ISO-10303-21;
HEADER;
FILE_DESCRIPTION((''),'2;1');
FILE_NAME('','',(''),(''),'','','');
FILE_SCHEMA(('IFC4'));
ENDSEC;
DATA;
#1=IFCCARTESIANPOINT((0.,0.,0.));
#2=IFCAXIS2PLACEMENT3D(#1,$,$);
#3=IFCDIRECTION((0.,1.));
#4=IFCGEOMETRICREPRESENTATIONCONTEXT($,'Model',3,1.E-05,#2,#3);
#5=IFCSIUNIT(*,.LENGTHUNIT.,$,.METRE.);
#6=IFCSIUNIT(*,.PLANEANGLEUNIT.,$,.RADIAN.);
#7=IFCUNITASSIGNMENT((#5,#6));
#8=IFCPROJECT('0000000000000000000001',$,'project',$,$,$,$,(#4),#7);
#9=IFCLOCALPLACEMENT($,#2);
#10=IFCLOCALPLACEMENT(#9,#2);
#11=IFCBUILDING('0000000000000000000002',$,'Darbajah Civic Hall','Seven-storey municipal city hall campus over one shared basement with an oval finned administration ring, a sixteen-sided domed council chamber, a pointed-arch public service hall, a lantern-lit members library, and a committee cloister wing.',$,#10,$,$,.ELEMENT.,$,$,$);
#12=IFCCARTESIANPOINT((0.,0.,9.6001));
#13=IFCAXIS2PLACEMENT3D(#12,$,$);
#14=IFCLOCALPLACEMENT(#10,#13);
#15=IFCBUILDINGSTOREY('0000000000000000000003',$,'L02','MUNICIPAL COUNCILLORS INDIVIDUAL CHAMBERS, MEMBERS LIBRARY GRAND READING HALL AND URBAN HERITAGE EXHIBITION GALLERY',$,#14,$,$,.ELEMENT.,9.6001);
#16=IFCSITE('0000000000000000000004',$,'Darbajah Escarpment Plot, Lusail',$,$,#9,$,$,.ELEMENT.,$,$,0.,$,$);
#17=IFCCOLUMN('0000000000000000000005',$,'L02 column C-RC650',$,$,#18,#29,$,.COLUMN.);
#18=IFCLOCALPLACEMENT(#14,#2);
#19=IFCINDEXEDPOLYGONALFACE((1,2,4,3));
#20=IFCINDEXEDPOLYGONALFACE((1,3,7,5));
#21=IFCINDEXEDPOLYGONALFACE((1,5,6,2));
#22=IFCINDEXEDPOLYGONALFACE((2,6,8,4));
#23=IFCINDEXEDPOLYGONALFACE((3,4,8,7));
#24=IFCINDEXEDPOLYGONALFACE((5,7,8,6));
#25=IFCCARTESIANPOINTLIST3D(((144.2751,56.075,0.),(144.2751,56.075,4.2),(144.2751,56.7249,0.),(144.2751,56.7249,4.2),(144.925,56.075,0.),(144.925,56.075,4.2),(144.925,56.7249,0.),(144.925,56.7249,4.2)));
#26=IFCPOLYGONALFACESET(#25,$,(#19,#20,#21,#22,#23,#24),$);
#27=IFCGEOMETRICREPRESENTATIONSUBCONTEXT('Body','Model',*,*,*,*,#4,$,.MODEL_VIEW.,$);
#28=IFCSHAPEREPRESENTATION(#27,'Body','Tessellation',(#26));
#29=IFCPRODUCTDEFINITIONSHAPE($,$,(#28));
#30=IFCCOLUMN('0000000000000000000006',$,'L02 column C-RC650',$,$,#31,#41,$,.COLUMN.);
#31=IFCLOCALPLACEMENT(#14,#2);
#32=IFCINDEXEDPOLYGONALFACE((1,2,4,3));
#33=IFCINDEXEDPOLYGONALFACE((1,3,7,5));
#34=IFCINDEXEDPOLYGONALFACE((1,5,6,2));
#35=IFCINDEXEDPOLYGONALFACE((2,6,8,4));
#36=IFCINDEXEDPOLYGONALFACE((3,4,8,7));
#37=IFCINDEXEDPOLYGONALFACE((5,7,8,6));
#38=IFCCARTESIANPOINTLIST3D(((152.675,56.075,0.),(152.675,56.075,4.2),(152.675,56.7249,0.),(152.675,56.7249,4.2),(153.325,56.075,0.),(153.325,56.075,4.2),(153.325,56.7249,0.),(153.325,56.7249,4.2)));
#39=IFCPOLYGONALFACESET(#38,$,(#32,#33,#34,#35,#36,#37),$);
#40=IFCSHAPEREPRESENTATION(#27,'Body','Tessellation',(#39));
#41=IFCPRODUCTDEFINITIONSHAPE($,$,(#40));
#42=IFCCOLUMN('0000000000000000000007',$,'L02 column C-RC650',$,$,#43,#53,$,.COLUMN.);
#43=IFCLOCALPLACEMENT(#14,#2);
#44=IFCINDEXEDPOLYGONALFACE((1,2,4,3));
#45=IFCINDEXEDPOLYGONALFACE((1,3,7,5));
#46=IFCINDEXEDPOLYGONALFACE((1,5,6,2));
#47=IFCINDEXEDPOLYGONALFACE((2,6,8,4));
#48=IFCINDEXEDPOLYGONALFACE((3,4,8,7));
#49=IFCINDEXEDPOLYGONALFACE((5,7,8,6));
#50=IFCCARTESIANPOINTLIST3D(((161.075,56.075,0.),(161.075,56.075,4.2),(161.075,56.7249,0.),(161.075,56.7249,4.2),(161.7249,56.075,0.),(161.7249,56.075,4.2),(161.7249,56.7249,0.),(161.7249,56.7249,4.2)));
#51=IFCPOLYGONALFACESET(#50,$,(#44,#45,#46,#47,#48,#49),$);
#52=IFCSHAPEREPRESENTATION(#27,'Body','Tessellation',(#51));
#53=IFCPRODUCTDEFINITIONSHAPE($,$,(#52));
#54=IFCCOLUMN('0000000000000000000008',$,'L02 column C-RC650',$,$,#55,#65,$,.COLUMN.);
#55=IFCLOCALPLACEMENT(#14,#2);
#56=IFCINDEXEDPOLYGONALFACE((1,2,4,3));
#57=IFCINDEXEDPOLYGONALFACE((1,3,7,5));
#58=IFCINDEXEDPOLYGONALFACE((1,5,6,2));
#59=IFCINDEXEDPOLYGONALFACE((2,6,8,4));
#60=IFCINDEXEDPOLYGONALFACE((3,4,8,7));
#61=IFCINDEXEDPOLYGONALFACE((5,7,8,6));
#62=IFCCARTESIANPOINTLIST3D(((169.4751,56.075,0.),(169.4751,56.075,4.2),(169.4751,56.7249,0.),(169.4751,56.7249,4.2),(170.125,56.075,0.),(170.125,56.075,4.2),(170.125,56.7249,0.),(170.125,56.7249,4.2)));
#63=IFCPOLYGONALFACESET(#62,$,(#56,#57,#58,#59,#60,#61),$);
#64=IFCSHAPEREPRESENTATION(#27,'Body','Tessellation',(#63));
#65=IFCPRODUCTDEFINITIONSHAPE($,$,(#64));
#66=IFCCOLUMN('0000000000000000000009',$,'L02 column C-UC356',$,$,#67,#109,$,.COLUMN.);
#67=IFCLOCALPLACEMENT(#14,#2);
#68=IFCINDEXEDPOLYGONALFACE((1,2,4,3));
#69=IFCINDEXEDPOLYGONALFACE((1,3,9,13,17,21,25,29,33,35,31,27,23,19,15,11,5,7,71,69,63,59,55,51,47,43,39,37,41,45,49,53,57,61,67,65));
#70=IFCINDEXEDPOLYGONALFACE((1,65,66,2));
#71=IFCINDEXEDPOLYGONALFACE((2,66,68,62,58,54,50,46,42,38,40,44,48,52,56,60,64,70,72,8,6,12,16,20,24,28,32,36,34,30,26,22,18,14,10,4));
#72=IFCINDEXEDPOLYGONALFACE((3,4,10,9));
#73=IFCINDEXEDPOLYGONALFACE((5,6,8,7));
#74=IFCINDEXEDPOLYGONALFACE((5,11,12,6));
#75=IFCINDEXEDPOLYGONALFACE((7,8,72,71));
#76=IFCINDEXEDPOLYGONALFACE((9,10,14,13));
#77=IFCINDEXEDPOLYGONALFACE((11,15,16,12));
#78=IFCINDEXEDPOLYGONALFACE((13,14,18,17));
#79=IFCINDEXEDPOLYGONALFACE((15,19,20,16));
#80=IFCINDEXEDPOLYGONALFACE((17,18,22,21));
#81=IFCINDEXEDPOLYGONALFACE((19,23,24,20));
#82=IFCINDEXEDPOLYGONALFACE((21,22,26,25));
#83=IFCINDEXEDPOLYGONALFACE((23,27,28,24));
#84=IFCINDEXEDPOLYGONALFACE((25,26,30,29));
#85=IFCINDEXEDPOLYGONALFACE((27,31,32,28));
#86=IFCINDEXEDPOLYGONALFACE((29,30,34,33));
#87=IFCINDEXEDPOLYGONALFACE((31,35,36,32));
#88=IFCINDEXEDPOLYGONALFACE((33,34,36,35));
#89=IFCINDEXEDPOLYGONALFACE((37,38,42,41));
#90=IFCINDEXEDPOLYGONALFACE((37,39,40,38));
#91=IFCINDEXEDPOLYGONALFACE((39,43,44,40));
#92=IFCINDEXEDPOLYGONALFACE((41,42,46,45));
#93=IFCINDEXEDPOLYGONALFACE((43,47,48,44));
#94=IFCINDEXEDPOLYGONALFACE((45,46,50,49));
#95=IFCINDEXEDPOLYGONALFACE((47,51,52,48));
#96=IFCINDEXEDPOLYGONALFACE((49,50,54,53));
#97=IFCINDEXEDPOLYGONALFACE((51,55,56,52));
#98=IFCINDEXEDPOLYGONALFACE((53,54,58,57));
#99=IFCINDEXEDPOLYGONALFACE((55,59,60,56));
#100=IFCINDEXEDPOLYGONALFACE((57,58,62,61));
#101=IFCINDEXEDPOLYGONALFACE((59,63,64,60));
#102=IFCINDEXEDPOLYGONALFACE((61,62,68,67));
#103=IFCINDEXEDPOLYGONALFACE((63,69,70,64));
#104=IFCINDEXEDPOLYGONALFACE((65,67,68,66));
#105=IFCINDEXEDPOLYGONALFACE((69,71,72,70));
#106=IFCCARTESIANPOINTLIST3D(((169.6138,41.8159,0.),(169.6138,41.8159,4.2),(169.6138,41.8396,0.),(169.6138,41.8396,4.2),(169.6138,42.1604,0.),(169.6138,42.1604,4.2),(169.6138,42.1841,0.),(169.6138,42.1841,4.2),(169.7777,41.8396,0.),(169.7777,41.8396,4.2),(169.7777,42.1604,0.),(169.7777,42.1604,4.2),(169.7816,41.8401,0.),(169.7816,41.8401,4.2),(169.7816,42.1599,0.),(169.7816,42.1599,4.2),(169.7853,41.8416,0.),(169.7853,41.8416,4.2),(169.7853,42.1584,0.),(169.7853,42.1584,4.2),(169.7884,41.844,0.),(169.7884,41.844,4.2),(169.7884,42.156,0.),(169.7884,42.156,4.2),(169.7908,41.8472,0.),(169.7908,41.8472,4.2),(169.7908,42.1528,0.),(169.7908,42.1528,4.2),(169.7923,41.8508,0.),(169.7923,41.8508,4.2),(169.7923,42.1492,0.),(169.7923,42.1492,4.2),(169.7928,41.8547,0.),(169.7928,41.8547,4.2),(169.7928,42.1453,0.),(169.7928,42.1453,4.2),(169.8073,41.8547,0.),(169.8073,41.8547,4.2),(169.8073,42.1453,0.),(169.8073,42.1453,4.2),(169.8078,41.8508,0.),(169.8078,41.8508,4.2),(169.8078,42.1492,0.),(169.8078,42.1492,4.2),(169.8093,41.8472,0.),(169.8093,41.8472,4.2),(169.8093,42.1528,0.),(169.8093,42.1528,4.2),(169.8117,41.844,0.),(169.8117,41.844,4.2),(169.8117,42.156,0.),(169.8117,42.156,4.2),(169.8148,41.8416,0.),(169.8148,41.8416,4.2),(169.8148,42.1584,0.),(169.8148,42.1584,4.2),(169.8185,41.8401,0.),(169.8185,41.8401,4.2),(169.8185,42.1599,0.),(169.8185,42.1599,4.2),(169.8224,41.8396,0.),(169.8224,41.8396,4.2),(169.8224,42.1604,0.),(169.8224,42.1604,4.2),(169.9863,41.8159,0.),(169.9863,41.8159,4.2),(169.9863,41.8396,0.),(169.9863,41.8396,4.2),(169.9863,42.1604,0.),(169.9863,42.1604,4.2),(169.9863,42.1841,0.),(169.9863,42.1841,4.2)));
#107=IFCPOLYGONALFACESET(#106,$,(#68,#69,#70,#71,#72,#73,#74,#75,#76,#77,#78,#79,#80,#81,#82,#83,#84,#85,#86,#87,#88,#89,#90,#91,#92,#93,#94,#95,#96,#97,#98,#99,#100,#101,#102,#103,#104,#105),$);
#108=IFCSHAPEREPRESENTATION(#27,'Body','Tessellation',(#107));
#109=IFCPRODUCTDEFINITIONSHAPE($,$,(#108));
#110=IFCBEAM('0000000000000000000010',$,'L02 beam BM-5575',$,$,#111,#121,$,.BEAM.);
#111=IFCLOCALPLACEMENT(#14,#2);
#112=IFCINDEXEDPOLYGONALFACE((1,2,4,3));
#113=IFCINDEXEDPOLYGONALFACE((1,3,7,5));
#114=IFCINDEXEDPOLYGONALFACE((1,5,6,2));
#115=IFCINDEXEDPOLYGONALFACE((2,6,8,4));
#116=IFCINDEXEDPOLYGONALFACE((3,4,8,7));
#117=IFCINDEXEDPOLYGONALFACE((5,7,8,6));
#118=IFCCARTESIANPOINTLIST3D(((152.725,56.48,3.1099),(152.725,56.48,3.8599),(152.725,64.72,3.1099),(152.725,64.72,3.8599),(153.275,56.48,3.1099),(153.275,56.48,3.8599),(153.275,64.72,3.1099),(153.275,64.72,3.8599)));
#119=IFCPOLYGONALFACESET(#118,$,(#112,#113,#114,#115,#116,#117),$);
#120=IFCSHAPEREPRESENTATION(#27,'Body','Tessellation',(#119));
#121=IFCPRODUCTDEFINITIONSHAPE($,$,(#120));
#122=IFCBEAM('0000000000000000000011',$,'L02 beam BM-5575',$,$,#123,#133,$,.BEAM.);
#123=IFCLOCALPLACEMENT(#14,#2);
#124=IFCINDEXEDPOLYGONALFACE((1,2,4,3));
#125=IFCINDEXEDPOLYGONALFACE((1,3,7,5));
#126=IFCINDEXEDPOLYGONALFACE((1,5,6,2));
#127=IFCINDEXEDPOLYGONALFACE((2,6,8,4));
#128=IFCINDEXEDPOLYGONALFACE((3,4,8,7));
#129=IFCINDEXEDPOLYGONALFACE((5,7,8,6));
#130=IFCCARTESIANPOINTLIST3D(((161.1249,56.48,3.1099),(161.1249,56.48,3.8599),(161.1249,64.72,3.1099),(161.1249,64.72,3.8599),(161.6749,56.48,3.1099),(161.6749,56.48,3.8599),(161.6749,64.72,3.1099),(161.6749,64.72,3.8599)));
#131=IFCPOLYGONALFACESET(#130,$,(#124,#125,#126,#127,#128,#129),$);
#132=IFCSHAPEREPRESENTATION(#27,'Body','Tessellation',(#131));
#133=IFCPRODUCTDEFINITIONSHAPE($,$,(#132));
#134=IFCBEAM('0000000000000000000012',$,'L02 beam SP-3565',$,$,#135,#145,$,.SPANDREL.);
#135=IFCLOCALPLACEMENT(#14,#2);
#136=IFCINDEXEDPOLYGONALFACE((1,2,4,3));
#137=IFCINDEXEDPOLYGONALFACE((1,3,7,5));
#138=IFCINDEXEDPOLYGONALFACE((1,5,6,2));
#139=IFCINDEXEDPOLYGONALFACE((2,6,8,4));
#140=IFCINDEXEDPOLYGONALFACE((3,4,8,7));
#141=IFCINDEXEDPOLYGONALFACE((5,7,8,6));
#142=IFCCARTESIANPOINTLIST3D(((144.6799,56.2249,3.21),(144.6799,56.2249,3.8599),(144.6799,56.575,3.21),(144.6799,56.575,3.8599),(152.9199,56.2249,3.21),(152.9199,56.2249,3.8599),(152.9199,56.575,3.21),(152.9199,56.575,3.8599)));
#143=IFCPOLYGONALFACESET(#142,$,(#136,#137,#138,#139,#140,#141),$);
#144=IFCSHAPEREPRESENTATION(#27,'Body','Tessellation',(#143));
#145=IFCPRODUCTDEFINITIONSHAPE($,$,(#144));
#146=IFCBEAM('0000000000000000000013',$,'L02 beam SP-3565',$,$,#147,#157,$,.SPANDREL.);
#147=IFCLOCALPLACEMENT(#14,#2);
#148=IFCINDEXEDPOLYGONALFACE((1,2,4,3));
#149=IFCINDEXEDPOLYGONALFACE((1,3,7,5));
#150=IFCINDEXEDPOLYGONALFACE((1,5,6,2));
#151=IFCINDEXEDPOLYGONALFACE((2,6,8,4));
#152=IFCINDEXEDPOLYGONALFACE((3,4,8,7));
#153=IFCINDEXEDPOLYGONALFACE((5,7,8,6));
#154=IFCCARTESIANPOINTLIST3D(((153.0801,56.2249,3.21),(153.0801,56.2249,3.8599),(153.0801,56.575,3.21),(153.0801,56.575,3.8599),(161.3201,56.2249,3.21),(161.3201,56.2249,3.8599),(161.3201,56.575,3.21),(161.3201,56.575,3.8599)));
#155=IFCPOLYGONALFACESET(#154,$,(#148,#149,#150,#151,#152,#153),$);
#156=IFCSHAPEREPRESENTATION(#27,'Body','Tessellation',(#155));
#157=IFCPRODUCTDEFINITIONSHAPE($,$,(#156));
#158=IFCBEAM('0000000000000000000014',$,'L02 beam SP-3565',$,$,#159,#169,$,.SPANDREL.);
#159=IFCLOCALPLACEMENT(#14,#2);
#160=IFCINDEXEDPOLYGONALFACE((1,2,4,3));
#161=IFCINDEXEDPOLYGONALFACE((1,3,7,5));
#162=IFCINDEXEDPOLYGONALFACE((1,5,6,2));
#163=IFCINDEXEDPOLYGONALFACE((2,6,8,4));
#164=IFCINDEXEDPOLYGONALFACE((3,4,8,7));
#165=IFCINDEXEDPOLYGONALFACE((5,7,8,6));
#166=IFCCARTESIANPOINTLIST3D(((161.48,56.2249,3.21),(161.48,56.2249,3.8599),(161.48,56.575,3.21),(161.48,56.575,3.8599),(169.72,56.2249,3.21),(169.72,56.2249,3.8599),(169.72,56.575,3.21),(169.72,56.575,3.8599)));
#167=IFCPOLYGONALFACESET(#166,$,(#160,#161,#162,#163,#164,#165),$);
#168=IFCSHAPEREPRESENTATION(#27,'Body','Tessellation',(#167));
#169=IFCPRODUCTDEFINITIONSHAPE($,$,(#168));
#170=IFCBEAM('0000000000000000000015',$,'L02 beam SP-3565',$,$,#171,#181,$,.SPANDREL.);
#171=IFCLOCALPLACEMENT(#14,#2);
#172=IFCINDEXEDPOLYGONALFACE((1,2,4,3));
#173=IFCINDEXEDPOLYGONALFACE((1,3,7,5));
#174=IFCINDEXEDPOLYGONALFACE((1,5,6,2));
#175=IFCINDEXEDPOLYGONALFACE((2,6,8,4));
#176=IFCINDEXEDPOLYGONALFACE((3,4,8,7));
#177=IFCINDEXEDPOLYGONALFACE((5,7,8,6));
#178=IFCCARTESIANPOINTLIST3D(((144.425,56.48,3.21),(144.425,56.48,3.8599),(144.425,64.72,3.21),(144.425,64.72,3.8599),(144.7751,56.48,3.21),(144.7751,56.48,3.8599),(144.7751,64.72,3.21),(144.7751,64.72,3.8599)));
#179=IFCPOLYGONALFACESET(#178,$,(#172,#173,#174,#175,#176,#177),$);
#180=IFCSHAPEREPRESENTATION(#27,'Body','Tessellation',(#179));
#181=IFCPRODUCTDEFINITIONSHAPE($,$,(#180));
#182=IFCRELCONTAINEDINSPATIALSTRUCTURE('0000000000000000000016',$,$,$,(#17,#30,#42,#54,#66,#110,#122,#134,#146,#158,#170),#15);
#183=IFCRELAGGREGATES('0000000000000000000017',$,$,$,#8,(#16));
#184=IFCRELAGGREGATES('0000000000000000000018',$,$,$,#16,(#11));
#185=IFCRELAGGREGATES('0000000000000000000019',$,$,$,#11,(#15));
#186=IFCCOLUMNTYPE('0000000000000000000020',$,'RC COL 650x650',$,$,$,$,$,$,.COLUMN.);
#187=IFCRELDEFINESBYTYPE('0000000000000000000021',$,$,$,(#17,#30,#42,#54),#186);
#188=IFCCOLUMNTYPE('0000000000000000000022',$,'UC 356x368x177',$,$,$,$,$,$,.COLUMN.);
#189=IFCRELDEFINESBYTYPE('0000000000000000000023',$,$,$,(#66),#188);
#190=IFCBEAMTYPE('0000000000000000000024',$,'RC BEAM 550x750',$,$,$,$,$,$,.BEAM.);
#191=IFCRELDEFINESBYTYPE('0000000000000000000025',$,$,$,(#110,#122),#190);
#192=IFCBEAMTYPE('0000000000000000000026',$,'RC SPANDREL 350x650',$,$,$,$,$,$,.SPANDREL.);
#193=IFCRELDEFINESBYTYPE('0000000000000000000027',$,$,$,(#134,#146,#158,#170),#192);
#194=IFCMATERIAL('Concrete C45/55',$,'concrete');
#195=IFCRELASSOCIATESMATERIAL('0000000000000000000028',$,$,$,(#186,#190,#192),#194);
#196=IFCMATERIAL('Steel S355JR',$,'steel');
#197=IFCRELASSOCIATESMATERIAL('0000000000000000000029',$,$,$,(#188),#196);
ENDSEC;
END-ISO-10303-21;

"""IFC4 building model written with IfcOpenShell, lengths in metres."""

from ifc_helpers import new_model, si_unit, direction, frame, origin, origin_2d, place, context, subcontext, project, spatial, rectangle, i_section, extrude, material, material_profile, profile_set, type_object, element, save


model = new_model("IFC4")

# Units and contexts
model_context = context("Model", 3, precision=1e-05, world=origin(), true_north=direction((0.0, 1.0)))
body_context = subcontext(model_context, "Body", "Model", "MODEL_VIEW")
ifc_project = project(units=[si_unit("LENGTHUNIT", "METRE"), si_unit("PLANEANGLEUNIT", "RADIAN")], contexts=[model_context])

# Site, building, storey
site_placement = place(None, origin())
site = spatial("IfcSite", under=ifc_project, at=site_placement, Name="Darbajah Escarpment Plot, Lusail", CompositionType="ELEMENT", RefElevation=0.0)
building_placement = place(site_placement, origin())
building = spatial("IfcBuilding", under=site, at=building_placement, Name="Darbajah Civic Hall", Description="Seven-storey municipal city hall campus over one shared basement with an oval finned administration ring, a sixteen-sided domed council chamber, a pointed-arch public service hall, a lantern-lit members library, and a committee cloister wing.", CompositionType="ELEMENT")
storey_placement = place(building_placement, frame((0.0, 0.0, 9.6001)))
storey = spatial("IfcBuildingStorey", under=building, at=storey_placement, Name="L02", Description="MUNICIPAL COUNCILLORS INDIVIDUAL CHAMBERS, MEMBERS LIBRARY GRAND READING HALL AND URBAN HERITAGE EXHIBITION GALLERY", CompositionType="ELEMENT", Elevation=9.6001)

# Columns
ifc_material_1 = material(Name="Concrete C45/55", Category="concrete")
ifc_material_profile_1 = material_profile(ifc_material_1, rectangle(XDim=0.6499, YDim=0.6499, at=origin_2d()), Name="RC COL 650x650")
ifc_profile_set_1 = profile_set([ifc_material_profile_1], Name="Concrete C45/55")
column_type_1 = type_object("IfcColumnType", Name="RC COL 650x650", PredefinedType="COLUMN", material=ifc_profile_set_1)
for number, where, z_axis, x_axis, name in (
    (1, (144.6001, 56.3999, 0.0), (0.0, 0.0, 1.0), (1.0, 0.0, 0.0), "L02 column C-RC650"),
    (2, (153.0, 56.3999, 0.0), (0.0, 0.0, 1.0), (1.0, 0.0, 0.0), "L02 column C-RC650"),
    (3, (161.3999, 56.3999, 0.0), (0.0, 0.0, 1.0), (1.0, 0.0, 0.0), "L02 column C-RC650"),
    (4, (169.8, 56.3999, 0.0), (0.0, 0.0, 1.0), (1.0, 0.0, 0.0), "L02 column C-RC650"),
):
    element("IfcColumn", number, at=place(storey_placement, frame(where, z_axis=z_axis, x_axis=x_axis)), inside=storey, type_object=column_type_1, Name=name, PredefinedType="COLUMN", context=body_context, shape_type="SweptSolid", body=[
        extrude(rectangle(XDim=0.6499, YDim=0.6499, at=origin_2d()), origin(), (0.0, 0.0, 1.0), 4.2),
    ])
ifc_material_2 = material(Name="Steel S355JR", Category="steel")
ifc_material_profile_2 = material_profile(ifc_material_2, i_section(OverallWidth=0.3726, OverallDepth=0.3682, WebThickness=0.0144, FlangeThickness=0.0237, FilletRadius=0.0151, at=origin_2d()), Name="UC 356x368x177")
ifc_profile_set_2 = profile_set([ifc_material_profile_2], Name="Steel S355JR")
column_type_2 = type_object("IfcColumnType", Name="UC 356x368x177", PredefinedType="COLUMN", material=ifc_profile_set_2)
column_placement = place(storey_placement, frame((169.8, 42.0, 0.0), z_axis=(0.0, 0.0, 1.0), x_axis=(1.0, 0.0, 0.0)))
element("IfcColumn", 5, at=column_placement, inside=storey, type_object=column_type_2, Name="L02 column C-UC356", PredefinedType="COLUMN", context=body_context, shape_type="SweptSolid", body=[
    extrude(i_section(OverallWidth=0.3726, OverallDepth=0.3682, WebThickness=0.0144, FlangeThickness=0.0237, FilletRadius=0.0151, at=origin_2d()), origin(), (0.0, 0.0, 1.0), 4.2),
])

# Beams
ifc_material_profile_3 = material_profile(ifc_material_1, rectangle(XDim=0.55, YDim=0.75, at=origin_2d()), Name="RC BEAM 550x750")
ifc_profile_set_3 = profile_set([ifc_material_profile_3], Name="Concrete C45/55")
beam_type_1 = type_object("IfcBeamType", Name="RC BEAM 550x750", PredefinedType="BEAM", material=ifc_profile_set_3)
for number, where, z_axis, x_axis, name in (
    (6, (153.0, 56.48, 3.4849), (0.0, 1.0, 0.0), (-1.0, 0.0, 0.0), "L02 beam BM-5575"),
    (7, (161.3999, 56.48, 3.4849), (0.0, 1.0, 0.0), (-1.0, 0.0, 0.0), "L02 beam BM-5575"),
):
    element("IfcBeam", number, at=place(storey_placement, frame(where, z_axis=z_axis, x_axis=x_axis)), inside=storey, type_object=beam_type_1, Name=name, PredefinedType="BEAM", context=body_context, shape_type="SweptSolid", body=[
        extrude(rectangle(XDim=0.55, YDim=0.75, at=origin_2d()), origin(), (0.0, 0.0, 1.0), 8.24),
    ])
ifc_material_profile_4 = material_profile(ifc_material_1, rectangle(XDim=0.3501, YDim=0.6499, at=origin_2d()), Name="RC SPANDREL 350x650")
ifc_profile_set_4 = profile_set([ifc_material_profile_4], Name="Concrete C45/55")
beam_type_2 = type_object("IfcBeamType", Name="RC SPANDREL 350x650", PredefinedType="SPANDREL", material=ifc_profile_set_4)
for number, where, z_axis, x_axis, name in (
    (8, (144.6799, 56.3999, 3.5349), (1.0, 0.0, 0.0), (0.0, 1.0, 0.0), "L02 beam SP-3565"),
    (9, (153.0801, 56.3999, 3.5349), (1.0, 0.0, 0.0), (0.0, 1.0, 0.0), "L02 beam SP-3565"),
    (10, (161.48, 56.3999, 3.5349), (1.0, 0.0, 0.0), (0.0, 1.0, 0.0), "L02 beam SP-3565"),
    (11, (144.6001, 56.48, 3.5349), (0.0, 1.0, 0.0), (-1.0, 0.0, 0.0), "L02 beam SP-3565"),
):
    element("IfcBeam", number, at=place(storey_placement, frame(where, z_axis=z_axis, x_axis=x_axis)), inside=storey, type_object=beam_type_2, Name=name, PredefinedType="SPANDREL", context=body_context, shape_type="SweptSolid", body=[
        extrude(rectangle(XDim=0.3501, YDim=0.6499, at=origin_2d()), origin(), (0.0, 0.0, 1.0), 8.24),
    ])

save(model, "model.ifc")
